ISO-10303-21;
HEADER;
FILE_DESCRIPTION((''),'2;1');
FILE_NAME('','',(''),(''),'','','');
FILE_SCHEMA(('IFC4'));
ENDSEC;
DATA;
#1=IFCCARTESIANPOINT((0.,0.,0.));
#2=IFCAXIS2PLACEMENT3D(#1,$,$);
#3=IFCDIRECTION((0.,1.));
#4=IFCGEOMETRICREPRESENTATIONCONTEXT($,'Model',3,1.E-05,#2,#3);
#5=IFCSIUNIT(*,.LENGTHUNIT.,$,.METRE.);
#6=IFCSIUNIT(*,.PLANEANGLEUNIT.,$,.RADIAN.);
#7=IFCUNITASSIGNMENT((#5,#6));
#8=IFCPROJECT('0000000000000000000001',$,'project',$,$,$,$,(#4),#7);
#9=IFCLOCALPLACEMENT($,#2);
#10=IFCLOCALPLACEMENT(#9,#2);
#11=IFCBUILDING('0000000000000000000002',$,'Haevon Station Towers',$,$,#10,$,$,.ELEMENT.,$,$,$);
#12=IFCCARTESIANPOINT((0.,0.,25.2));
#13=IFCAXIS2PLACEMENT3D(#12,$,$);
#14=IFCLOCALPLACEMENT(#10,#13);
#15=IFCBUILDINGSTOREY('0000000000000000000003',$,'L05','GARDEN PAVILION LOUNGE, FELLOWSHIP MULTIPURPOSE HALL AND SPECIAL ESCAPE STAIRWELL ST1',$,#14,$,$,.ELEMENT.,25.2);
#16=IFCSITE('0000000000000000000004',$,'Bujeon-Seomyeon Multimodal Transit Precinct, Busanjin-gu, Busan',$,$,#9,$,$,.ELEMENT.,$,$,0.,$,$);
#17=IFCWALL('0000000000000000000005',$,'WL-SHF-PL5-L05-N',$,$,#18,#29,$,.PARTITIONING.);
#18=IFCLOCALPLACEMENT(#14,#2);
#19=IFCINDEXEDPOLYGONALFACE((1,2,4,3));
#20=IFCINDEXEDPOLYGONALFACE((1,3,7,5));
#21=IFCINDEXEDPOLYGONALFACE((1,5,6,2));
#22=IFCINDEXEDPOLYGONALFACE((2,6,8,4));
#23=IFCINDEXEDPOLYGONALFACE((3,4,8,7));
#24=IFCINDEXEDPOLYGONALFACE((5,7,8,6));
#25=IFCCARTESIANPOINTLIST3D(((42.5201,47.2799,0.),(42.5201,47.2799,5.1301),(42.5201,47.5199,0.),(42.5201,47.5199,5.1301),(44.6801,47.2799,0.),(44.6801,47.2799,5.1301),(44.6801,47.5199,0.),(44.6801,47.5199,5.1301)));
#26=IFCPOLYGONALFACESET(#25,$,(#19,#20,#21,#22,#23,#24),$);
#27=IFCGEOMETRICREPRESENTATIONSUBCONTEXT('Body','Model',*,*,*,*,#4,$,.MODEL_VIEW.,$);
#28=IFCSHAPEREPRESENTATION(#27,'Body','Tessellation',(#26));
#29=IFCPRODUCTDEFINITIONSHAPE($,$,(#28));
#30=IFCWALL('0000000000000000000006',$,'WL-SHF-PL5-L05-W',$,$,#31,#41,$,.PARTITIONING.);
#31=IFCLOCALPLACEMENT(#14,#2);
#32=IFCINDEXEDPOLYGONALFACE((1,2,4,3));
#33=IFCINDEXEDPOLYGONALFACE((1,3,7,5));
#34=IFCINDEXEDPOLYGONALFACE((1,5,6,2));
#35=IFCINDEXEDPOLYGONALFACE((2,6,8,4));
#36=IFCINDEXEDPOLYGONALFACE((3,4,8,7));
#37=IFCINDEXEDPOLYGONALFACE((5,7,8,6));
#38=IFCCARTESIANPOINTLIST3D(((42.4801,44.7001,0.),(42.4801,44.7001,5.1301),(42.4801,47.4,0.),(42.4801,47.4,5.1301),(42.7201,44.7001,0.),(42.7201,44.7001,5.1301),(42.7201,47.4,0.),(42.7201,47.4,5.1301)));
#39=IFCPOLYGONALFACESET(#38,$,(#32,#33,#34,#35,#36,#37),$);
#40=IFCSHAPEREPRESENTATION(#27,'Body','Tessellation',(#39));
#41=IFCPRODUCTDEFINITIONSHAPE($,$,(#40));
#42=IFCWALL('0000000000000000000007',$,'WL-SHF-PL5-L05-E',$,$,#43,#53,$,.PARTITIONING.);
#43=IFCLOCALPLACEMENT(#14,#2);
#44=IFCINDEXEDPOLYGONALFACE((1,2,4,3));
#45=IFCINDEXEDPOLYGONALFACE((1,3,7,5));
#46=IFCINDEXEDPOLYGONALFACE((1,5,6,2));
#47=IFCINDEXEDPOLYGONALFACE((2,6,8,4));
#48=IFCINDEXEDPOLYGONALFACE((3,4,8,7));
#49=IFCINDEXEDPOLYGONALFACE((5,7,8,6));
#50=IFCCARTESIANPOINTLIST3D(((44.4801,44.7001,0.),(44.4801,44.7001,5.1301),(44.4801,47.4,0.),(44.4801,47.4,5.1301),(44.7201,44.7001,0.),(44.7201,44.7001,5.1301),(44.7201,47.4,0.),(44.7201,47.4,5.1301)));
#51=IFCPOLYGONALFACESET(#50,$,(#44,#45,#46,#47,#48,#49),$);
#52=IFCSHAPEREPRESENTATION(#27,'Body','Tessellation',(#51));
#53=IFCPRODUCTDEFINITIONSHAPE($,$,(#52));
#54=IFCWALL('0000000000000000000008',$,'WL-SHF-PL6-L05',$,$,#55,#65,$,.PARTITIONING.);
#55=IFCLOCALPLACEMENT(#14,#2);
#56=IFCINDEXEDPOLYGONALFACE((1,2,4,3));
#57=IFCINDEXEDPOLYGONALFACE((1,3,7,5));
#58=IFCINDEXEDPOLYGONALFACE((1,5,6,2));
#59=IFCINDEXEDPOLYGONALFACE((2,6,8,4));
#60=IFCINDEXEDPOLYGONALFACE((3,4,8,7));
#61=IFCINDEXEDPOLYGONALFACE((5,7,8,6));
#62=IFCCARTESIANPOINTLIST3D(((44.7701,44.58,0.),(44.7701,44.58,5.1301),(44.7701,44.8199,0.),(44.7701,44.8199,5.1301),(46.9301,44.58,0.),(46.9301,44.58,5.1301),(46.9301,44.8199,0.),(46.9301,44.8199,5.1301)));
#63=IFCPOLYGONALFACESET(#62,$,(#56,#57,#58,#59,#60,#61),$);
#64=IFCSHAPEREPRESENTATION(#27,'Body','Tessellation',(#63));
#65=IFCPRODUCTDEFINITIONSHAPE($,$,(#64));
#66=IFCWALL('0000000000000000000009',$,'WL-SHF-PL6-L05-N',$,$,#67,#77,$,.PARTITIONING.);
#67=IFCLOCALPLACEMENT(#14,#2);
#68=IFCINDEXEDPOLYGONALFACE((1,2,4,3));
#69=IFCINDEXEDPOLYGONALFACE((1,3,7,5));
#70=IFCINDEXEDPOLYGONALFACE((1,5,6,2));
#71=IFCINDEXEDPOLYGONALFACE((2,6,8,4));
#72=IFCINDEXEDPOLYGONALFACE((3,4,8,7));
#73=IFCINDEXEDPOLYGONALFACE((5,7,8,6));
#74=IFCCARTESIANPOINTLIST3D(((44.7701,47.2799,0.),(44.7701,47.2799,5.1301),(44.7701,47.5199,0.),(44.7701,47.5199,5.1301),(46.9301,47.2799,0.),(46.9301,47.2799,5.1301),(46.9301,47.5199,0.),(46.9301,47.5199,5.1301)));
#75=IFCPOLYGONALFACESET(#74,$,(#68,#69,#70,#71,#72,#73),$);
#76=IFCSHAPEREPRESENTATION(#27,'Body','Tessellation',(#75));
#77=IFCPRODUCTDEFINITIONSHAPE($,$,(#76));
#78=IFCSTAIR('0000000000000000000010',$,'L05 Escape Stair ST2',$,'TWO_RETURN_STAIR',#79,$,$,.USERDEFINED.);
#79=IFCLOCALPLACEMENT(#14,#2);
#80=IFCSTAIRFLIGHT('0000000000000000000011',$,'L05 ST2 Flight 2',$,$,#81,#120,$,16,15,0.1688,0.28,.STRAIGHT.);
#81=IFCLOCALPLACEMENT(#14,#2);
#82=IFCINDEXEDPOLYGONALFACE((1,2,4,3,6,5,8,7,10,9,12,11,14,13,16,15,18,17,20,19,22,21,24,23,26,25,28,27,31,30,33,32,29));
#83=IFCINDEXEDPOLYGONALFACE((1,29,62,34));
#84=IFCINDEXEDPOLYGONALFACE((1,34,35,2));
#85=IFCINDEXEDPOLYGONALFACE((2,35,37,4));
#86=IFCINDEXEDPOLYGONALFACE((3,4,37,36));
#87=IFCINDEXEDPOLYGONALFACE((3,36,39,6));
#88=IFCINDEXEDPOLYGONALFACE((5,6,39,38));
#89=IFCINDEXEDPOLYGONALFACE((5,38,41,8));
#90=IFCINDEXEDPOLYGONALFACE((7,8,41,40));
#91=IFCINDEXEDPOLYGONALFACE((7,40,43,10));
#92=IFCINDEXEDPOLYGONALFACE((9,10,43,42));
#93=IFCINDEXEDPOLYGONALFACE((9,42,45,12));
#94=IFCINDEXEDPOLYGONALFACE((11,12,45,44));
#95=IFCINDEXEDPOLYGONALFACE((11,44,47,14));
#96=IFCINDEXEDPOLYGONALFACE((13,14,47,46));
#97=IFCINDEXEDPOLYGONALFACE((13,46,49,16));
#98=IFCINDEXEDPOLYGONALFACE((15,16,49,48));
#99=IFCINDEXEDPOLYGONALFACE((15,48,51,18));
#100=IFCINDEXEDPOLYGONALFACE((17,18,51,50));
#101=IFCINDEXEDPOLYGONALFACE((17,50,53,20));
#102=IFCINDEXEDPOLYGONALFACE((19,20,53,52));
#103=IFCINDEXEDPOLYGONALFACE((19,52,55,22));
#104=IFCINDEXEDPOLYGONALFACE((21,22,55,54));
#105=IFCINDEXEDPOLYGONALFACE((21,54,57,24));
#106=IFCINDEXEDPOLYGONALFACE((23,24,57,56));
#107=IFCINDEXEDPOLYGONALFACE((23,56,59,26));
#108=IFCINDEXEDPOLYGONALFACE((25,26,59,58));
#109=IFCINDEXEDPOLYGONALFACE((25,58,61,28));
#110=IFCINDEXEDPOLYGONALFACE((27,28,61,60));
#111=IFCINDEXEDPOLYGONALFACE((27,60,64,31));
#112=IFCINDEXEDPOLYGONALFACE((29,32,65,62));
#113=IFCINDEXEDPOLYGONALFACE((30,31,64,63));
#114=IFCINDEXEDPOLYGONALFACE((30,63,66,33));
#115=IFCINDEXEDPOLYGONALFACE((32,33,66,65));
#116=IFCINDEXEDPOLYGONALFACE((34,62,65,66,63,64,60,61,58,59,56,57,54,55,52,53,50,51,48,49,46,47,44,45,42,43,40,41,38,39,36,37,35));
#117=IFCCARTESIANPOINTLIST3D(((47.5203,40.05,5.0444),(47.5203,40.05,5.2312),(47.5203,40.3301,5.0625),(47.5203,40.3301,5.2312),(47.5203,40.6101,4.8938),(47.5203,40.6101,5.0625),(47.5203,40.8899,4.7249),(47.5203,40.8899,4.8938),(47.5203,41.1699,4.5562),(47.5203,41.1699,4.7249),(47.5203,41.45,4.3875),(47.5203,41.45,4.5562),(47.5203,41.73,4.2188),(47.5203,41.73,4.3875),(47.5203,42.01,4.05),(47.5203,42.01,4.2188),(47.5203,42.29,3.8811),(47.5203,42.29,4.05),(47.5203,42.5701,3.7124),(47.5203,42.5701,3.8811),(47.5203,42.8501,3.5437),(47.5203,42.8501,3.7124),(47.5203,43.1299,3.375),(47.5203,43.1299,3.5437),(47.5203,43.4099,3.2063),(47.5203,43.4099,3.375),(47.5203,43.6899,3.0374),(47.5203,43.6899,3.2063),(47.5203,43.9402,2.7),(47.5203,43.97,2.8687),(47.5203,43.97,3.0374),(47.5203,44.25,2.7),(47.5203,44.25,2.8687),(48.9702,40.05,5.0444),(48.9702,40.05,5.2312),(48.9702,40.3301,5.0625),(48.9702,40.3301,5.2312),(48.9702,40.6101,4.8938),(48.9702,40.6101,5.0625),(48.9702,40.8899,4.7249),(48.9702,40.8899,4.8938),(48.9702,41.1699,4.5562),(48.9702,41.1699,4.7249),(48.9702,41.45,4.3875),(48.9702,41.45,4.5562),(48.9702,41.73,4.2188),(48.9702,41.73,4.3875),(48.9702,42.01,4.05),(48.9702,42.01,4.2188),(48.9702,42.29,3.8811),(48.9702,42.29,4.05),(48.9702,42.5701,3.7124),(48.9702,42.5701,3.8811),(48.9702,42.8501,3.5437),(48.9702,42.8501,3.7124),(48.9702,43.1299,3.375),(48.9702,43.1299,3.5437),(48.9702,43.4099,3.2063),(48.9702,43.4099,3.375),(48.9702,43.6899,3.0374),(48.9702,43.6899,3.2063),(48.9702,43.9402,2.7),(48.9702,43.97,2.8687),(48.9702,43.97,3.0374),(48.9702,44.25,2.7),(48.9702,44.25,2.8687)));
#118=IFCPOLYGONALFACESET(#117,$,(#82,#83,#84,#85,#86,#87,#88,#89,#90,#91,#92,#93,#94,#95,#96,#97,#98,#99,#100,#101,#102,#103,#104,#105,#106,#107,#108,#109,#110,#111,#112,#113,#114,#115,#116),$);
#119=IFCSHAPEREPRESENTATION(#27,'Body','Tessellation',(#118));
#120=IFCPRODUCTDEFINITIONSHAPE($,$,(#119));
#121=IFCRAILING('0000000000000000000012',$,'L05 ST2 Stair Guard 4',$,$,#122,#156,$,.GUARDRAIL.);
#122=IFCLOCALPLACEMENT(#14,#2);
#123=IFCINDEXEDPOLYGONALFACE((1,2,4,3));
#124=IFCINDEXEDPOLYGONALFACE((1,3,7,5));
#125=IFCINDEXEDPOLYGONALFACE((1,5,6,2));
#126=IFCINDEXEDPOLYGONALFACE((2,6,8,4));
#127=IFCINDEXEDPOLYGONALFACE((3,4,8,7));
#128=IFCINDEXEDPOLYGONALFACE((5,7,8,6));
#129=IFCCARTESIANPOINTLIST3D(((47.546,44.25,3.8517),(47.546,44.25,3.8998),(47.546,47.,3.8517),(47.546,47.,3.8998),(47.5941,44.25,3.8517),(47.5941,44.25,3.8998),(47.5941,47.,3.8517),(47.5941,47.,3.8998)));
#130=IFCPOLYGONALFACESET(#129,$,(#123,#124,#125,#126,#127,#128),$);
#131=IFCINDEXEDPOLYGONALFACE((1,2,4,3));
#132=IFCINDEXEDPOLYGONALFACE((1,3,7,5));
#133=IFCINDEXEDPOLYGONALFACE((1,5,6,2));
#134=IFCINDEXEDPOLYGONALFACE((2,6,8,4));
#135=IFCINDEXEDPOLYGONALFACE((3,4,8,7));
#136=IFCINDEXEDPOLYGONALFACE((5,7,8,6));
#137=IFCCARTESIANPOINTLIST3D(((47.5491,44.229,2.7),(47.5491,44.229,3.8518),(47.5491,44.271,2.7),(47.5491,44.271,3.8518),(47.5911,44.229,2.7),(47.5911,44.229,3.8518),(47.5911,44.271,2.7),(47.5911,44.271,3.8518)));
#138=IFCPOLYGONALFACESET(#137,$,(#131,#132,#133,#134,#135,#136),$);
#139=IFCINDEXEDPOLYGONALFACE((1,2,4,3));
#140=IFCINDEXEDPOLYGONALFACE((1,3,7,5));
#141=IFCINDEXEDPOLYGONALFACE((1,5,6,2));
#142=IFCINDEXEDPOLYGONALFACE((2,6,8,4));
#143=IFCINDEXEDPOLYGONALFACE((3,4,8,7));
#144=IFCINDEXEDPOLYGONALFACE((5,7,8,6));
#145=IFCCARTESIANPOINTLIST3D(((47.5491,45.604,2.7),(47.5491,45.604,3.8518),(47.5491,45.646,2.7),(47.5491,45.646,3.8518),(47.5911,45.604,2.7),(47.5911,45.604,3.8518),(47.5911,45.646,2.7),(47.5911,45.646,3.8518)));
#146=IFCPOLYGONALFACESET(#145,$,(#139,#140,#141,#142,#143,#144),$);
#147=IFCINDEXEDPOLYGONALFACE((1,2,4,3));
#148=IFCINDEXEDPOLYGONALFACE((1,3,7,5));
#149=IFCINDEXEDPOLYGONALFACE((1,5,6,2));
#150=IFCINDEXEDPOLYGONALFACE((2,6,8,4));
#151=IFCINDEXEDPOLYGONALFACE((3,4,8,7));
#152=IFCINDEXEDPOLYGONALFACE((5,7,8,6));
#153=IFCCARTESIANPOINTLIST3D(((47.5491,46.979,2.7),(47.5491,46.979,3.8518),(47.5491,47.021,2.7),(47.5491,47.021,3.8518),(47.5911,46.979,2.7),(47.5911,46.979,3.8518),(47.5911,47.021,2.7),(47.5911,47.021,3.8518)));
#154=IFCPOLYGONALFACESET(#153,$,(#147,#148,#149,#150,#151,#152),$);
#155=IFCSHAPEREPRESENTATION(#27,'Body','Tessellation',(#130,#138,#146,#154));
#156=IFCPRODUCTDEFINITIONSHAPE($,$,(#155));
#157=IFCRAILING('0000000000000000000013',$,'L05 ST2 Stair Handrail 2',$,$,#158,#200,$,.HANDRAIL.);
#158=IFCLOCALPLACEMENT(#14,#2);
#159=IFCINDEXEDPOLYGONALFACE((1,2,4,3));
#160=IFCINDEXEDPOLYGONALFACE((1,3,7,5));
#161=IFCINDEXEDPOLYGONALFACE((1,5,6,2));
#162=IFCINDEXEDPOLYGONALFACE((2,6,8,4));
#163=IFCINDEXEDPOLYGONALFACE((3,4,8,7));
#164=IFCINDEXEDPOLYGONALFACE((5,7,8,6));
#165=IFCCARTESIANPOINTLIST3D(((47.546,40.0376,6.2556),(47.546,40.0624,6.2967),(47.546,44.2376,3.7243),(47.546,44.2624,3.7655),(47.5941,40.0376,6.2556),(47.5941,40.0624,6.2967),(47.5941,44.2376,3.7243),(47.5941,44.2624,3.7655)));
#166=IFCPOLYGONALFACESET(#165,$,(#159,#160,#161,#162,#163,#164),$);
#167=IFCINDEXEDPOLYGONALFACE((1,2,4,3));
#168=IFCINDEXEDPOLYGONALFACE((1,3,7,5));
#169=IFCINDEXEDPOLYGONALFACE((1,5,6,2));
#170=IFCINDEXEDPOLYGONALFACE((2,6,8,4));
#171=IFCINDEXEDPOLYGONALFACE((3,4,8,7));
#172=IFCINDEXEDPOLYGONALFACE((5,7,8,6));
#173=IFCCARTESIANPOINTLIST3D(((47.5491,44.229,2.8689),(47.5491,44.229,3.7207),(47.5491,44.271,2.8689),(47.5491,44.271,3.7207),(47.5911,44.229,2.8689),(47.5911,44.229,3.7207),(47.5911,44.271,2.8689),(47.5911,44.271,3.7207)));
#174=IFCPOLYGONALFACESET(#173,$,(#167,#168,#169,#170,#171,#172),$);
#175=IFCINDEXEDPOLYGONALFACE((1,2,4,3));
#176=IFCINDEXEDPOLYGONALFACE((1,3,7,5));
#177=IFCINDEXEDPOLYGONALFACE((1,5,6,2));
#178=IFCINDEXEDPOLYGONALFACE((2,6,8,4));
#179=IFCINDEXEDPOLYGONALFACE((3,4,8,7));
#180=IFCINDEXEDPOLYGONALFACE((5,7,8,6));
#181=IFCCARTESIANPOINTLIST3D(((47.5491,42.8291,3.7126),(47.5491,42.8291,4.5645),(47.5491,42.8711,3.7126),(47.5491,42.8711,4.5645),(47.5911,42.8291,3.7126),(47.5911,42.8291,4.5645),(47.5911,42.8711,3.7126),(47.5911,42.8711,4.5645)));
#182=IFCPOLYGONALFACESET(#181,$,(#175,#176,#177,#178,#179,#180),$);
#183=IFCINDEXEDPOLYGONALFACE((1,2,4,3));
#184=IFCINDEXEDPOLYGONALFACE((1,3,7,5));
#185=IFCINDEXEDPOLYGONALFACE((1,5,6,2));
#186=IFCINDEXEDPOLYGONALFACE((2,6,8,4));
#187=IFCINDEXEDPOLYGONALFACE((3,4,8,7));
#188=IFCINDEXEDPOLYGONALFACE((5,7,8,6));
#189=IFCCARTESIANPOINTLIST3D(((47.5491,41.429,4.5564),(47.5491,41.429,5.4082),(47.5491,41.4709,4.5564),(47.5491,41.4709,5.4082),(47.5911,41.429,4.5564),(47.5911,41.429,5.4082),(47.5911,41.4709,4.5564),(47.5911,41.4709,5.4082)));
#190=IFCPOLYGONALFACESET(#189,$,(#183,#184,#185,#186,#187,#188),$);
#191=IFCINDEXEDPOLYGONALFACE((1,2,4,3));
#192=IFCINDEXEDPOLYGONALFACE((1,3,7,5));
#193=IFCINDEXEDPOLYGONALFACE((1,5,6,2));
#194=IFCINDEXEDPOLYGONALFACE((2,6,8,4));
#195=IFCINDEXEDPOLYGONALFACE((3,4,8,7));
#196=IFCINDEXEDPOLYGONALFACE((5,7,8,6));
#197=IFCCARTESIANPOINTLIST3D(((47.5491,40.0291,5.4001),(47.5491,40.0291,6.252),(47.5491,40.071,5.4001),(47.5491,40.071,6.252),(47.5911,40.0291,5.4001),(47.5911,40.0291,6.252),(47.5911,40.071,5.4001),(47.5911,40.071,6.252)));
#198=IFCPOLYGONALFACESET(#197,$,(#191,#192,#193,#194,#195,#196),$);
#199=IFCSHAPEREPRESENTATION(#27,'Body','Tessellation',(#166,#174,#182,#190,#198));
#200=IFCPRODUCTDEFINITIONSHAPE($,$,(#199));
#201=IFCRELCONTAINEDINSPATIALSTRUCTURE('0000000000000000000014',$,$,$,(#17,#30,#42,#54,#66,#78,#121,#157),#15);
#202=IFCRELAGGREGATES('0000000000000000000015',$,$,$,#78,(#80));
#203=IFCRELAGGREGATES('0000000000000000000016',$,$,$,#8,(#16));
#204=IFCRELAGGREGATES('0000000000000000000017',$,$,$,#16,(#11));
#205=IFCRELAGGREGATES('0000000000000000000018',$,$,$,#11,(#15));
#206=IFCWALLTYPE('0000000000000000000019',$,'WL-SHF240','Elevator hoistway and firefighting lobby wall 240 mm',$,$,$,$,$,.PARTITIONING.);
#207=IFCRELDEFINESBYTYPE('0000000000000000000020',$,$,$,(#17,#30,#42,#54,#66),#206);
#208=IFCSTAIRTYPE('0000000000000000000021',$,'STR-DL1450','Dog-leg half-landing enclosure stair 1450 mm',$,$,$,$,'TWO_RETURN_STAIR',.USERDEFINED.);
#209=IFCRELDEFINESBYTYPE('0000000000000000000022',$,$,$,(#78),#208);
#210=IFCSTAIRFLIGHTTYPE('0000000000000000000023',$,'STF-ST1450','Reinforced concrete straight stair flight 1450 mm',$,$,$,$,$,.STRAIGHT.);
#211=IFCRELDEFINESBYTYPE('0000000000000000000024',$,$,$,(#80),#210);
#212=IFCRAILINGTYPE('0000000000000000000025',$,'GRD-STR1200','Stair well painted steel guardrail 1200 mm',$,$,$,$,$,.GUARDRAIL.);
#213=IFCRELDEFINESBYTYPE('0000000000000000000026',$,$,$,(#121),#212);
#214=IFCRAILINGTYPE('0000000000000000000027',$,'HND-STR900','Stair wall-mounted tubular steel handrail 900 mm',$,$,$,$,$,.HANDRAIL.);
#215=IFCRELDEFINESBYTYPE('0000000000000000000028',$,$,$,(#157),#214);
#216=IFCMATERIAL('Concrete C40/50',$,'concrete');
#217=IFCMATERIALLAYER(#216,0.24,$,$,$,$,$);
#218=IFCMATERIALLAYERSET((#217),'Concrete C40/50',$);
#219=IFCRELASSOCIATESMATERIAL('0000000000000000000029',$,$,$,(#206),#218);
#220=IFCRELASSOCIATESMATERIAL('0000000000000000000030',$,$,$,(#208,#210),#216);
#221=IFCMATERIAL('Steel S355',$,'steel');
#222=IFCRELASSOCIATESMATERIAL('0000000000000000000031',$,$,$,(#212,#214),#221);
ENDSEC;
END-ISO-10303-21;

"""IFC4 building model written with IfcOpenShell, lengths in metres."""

from ifc_helpers import new_model, si_unit, direction, frame, frame_2d, origin, origin_2d, place, context, subcontext, project, spatial, polyline, rectangle, outline, extrude, material, layer, layer_set, type_object, element, aggregate, save


model = new_model("IFC4")

# Units and contexts
model_context = context("Model", 3, precision=1e-05, world=origin(), true_north=direction((0.0, 1.0)))
body_context = subcontext(model_context, "Body", "Model", "MODEL_VIEW")
ifc_project = project(units=[si_unit("LENGTHUNIT", "METRE"), si_unit("PLANEANGLEUNIT", "RADIAN")], contexts=[model_context])

# Site, building, storey
site_placement = place(None, origin())
site = spatial("IfcSite", under=ifc_project, at=site_placement, Name="Bujeon-Seomyeon Multimodal Transit Precinct, Busanjin-gu, Busan", CompositionType="ELEMENT", RefElevation=0.0)
building_placement = place(site_placement, origin())
building = spatial("IfcBuilding", under=site, at=building_placement, Name="Haevon Station Towers", CompositionType="ELEMENT")
storey_placement = place(building_placement, frame((0.0, 0.0, 25.2)))
storey = spatial("IfcBuildingStorey", under=building, at=storey_placement, Name="L05", Description="GARDEN PAVILION LOUNGE, FELLOWSHIP MULTIPURPOSE HALL AND SPECIAL ESCAPE STAIRWELL ST1", CompositionType="ELEMENT", Elevation=25.2)

# Shared definitions
ifc_material_1 = material(Name="Steel S355", Category="steel")

# Shared definitions
ifc_material_2 = material(Name="Concrete C40/50", Category="concrete")
ifc_layer_1 = layer(ifc_material_2, 0.24)
ifc_layer_set_1 = layer_set([ifc_layer_1], Name="Concrete C40/50")
wall_type_1 = type_object("IfcWallType", Name="WL-SHF240", Description="Elevator hoistway and firefighting lobby wall 240 mm", PredefinedType="PARTITIONING", material=ifc_layer_set_1)

# Walls
for number, where, z_axis, x_axis, name in (
    (1, (42.52, 47.3999, 0.0), (0.0, 0.0, 1.0), (1.0, 0.0, 0.0), "WL-SHF-PL5-L05-N"),
):
    element("IfcWall", number, at=place(storey_placement, frame(where, z_axis=z_axis, x_axis=x_axis)), inside=storey, type_object=wall_type_1, Name=name, PredefinedType="PARTITIONING", context=body_context, shape_type="SweptSolid", body=[
        extrude(rectangle(XDim=2.1599, YDim=0.24, at=frame_2d((1.0801, 0.0))), origin(), (0.0, 0.0, 1.0), 5.1301),
    ])
for number, where, z_axis, x_axis, name in (
    (2, (42.6001, 44.7, 0.0), (0.0, 0.0, 1.0), (0.0, 1.0, 0.0), "WL-SHF-PL5-L05-W"),
    (3, (44.6001, 44.7, 0.0), (0.0, 0.0, 1.0), (0.0, 1.0, 0.0), "WL-SHF-PL5-L05-E"),
):
    element("IfcWall", number, at=place(storey_placement, frame(where, z_axis=z_axis, x_axis=x_axis)), inside=storey, type_object=wall_type_1, Name=name, PredefinedType="PARTITIONING", context=body_context, shape_type="SweptSolid", body=[
        extrude(rectangle(XDim=2.7, YDim=0.24, at=frame_2d((1.3501, 0.0))), origin(), (0.0, 0.0, 1.0), 5.1301),
    ])
for number, where, z_axis, x_axis, name in (
    (4, (44.77, 44.7, 0.0), (0.0, 0.0, 1.0), (1.0, 0.0, 0.0), "WL-SHF-PL6-L05"),
    (5, (44.77, 47.3999, 0.0), (0.0, 0.0, 1.0), (1.0, 0.0, 0.0), "WL-SHF-PL6-L05-N"),
):
    element("IfcWall", number, at=place(storey_placement, frame(where, z_axis=z_axis, x_axis=x_axis)), inside=storey, type_object=wall_type_1, Name=name, PredefinedType="PARTITIONING", context=body_context, shape_type="SweptSolid", body=[
        extrude(rectangle(XDim=2.1599, YDim=0.24, at=frame_2d((1.0801, 0.0))), origin(), (0.0, 0.0, 1.0), 5.1301),
    ])

# Stair, stair flight
stair_type = type_object("IfcStairType", Name="STR-DL1450", Description="Dog-leg half-landing enclosure stair 1450 mm", ElementType="TWO_RETURN_STAIR", PredefinedType="USERDEFINED", material=ifc_material_2)
stair_placement = place(storey_placement, origin())
stair = element("IfcStair", 6, at=stair_placement, inside=storey, type_object=stair_type, Name="L05 Escape Stair ST2", ObjectType="TWO_RETURN_STAIR", PredefinedType="USERDEFINED")
stair_flight_type = type_object("IfcStairFlightType", Name="STF-ST1450", Description="Reinforced concrete straight stair flight 1450 mm", PredefinedType="STRAIGHT", material=ifc_material_2)
stair_flight_placement = place(storey_placement, frame((48.2451, 44.25, 2.7), z_axis=(0.0, 0.0, 1.0), x_axis=(0.0, -1.0, 0.0)))
stair_flight = element("IfcStairFlight", 7, at=stair_flight_placement, type_object=stair_flight_type, Name="L05 ST2 Flight 2", NumberOfRisers=16, NumberOfTreads=15, PredefinedType="STRAIGHT", RiserHeight=0.1688, TreadLength=0.28, context=body_context, shape_type="SweptSolid", body=[
    extrude(outline(polyline([(0.0, 0.0), (0.0, 0.1687), (0.28, 0.1687), (0.28, 0.3374), (0.5601, 0.3374), (0.5601, 0.5063), (0.8401, 0.5063), (0.8401, 0.675), (1.1201, 0.675), (1.1201, 0.8438), (1.3999, 0.8438), (1.3999, 1.0125), (1.6799, 1.0125), (1.6799, 1.1812), (1.96, 1.1812), (1.96, 1.3501), (2.24, 1.3501), (2.24, 1.5188), (2.52, 1.5188), (2.52, 1.6875), (2.8, 1.6875), (2.8, 1.8562), (3.0801, 1.8562), (3.0801, 2.0249), (3.3601, 2.0249), (3.3601, 2.1938), (3.6399, 2.1938), (3.6399, 2.3625), (3.9199, 2.3625), (3.9199, 2.5312), (4.2, 2.5312), (4.2, 2.7), (4.2, 2.3445), (0.3098, 0.0), (0.0, 0.0)])), frame((0.0, 0.7251, 0.0), z_axis=(0.0, -1.0, 0.0), x_axis=(1.0, 0.0, 0.0)), (0.0, 0.0, 1.0), 1.45),
])
aggregate(stair, [stair_flight])

# Railings
railing_type_1 = type_object("IfcRailingType", Name="GRD-STR1200", Description="Stair well painted steel guardrail 1200 mm", PredefinedType="GUARDRAIL", material=ifc_material_1)
railing_1_placement = place(storey_placement, frame((47.5701, 44.25, 2.7)))
element("IfcRailing", 8, at=railing_1_placement, inside=storey, type_object=railing_type_1, Name="L05 ST2 Stair Guard 4", PredefinedType="GUARDRAIL", context=body_context, shape_type="SweptSolid", body=[
    extrude(rectangle(XDim=0.0481, YDim=0.0481, at=origin_2d()), frame((0.0, 0.0, 1.1758), z_axis=(0.0, 1.0, 0.0), x_axis=(-1.0, 0.0, 0.0)), (0.0, 0.0, 1.0), 2.75),
    extrude(rectangle(XDim=0.042, YDim=0.042, at=origin_2d()), origin(), (0.0, 0.0, 1.0), 1.1519),
    extrude(rectangle(XDim=0.042, YDim=0.042, at=origin_2d()), frame((0.0, 1.375, 0.0)), (0.0, 0.0, 1.0), 1.1519),
    extrude(rectangle(XDim=0.042, YDim=0.042, at=origin_2d()), frame((0.0, 2.75, 0.0)), (0.0, 0.0, 1.0), 1.1519),
])
railing_type_2 = type_object("IfcRailingType", Name="HND-STR900", Description="Stair wall-mounted tubular steel handrail 900 mm", PredefinedType="HANDRAIL", material=ifc_material_1)
railing_2_placement = place(storey_placement, frame((47.5701, 44.25, 2.8689)))
element("IfcRailing", 9, at=railing_2_placement, inside=storey, type_object=railing_type_2, Name="L05 ST2 Stair Handrail 2", PredefinedType="HANDRAIL", context=body_context, shape_type="SweptSolid", body=[
    extrude(rectangle(XDim=0.0481, YDim=0.0481, at=origin_2d()), frame((0.0, 0.0, 0.876), z_axis=(0.0, -0.856476, 0.516186), x_axis=(1.0, 0.0, 0.0)), (0.0, 0.0, 1.0), 4.9038),
    extrude(rectangle(XDim=0.042, YDim=0.042, at=origin_2d()), origin(), (0.0, 0.0, 1.0), 0.8518),
    extrude(rectangle(XDim=0.042, YDim=0.042, at=origin_2d()), frame((0.0, -1.3999, 0.8438)), (0.0, 0.0, 1.0), 0.8518),
    extrude(rectangle(XDim=0.042, YDim=0.042, at=origin_2d()), frame((0.0, -2.8, 1.6875)), (0.0, 0.0, 1.0), 0.8518),
    extrude(rectangle(XDim=0.042, YDim=0.042, at=origin_2d()), frame((0.0, -4.2, 2.5312)), (0.0, 0.0, 1.0), 0.8518),
])

save(model, "model.ifc")
